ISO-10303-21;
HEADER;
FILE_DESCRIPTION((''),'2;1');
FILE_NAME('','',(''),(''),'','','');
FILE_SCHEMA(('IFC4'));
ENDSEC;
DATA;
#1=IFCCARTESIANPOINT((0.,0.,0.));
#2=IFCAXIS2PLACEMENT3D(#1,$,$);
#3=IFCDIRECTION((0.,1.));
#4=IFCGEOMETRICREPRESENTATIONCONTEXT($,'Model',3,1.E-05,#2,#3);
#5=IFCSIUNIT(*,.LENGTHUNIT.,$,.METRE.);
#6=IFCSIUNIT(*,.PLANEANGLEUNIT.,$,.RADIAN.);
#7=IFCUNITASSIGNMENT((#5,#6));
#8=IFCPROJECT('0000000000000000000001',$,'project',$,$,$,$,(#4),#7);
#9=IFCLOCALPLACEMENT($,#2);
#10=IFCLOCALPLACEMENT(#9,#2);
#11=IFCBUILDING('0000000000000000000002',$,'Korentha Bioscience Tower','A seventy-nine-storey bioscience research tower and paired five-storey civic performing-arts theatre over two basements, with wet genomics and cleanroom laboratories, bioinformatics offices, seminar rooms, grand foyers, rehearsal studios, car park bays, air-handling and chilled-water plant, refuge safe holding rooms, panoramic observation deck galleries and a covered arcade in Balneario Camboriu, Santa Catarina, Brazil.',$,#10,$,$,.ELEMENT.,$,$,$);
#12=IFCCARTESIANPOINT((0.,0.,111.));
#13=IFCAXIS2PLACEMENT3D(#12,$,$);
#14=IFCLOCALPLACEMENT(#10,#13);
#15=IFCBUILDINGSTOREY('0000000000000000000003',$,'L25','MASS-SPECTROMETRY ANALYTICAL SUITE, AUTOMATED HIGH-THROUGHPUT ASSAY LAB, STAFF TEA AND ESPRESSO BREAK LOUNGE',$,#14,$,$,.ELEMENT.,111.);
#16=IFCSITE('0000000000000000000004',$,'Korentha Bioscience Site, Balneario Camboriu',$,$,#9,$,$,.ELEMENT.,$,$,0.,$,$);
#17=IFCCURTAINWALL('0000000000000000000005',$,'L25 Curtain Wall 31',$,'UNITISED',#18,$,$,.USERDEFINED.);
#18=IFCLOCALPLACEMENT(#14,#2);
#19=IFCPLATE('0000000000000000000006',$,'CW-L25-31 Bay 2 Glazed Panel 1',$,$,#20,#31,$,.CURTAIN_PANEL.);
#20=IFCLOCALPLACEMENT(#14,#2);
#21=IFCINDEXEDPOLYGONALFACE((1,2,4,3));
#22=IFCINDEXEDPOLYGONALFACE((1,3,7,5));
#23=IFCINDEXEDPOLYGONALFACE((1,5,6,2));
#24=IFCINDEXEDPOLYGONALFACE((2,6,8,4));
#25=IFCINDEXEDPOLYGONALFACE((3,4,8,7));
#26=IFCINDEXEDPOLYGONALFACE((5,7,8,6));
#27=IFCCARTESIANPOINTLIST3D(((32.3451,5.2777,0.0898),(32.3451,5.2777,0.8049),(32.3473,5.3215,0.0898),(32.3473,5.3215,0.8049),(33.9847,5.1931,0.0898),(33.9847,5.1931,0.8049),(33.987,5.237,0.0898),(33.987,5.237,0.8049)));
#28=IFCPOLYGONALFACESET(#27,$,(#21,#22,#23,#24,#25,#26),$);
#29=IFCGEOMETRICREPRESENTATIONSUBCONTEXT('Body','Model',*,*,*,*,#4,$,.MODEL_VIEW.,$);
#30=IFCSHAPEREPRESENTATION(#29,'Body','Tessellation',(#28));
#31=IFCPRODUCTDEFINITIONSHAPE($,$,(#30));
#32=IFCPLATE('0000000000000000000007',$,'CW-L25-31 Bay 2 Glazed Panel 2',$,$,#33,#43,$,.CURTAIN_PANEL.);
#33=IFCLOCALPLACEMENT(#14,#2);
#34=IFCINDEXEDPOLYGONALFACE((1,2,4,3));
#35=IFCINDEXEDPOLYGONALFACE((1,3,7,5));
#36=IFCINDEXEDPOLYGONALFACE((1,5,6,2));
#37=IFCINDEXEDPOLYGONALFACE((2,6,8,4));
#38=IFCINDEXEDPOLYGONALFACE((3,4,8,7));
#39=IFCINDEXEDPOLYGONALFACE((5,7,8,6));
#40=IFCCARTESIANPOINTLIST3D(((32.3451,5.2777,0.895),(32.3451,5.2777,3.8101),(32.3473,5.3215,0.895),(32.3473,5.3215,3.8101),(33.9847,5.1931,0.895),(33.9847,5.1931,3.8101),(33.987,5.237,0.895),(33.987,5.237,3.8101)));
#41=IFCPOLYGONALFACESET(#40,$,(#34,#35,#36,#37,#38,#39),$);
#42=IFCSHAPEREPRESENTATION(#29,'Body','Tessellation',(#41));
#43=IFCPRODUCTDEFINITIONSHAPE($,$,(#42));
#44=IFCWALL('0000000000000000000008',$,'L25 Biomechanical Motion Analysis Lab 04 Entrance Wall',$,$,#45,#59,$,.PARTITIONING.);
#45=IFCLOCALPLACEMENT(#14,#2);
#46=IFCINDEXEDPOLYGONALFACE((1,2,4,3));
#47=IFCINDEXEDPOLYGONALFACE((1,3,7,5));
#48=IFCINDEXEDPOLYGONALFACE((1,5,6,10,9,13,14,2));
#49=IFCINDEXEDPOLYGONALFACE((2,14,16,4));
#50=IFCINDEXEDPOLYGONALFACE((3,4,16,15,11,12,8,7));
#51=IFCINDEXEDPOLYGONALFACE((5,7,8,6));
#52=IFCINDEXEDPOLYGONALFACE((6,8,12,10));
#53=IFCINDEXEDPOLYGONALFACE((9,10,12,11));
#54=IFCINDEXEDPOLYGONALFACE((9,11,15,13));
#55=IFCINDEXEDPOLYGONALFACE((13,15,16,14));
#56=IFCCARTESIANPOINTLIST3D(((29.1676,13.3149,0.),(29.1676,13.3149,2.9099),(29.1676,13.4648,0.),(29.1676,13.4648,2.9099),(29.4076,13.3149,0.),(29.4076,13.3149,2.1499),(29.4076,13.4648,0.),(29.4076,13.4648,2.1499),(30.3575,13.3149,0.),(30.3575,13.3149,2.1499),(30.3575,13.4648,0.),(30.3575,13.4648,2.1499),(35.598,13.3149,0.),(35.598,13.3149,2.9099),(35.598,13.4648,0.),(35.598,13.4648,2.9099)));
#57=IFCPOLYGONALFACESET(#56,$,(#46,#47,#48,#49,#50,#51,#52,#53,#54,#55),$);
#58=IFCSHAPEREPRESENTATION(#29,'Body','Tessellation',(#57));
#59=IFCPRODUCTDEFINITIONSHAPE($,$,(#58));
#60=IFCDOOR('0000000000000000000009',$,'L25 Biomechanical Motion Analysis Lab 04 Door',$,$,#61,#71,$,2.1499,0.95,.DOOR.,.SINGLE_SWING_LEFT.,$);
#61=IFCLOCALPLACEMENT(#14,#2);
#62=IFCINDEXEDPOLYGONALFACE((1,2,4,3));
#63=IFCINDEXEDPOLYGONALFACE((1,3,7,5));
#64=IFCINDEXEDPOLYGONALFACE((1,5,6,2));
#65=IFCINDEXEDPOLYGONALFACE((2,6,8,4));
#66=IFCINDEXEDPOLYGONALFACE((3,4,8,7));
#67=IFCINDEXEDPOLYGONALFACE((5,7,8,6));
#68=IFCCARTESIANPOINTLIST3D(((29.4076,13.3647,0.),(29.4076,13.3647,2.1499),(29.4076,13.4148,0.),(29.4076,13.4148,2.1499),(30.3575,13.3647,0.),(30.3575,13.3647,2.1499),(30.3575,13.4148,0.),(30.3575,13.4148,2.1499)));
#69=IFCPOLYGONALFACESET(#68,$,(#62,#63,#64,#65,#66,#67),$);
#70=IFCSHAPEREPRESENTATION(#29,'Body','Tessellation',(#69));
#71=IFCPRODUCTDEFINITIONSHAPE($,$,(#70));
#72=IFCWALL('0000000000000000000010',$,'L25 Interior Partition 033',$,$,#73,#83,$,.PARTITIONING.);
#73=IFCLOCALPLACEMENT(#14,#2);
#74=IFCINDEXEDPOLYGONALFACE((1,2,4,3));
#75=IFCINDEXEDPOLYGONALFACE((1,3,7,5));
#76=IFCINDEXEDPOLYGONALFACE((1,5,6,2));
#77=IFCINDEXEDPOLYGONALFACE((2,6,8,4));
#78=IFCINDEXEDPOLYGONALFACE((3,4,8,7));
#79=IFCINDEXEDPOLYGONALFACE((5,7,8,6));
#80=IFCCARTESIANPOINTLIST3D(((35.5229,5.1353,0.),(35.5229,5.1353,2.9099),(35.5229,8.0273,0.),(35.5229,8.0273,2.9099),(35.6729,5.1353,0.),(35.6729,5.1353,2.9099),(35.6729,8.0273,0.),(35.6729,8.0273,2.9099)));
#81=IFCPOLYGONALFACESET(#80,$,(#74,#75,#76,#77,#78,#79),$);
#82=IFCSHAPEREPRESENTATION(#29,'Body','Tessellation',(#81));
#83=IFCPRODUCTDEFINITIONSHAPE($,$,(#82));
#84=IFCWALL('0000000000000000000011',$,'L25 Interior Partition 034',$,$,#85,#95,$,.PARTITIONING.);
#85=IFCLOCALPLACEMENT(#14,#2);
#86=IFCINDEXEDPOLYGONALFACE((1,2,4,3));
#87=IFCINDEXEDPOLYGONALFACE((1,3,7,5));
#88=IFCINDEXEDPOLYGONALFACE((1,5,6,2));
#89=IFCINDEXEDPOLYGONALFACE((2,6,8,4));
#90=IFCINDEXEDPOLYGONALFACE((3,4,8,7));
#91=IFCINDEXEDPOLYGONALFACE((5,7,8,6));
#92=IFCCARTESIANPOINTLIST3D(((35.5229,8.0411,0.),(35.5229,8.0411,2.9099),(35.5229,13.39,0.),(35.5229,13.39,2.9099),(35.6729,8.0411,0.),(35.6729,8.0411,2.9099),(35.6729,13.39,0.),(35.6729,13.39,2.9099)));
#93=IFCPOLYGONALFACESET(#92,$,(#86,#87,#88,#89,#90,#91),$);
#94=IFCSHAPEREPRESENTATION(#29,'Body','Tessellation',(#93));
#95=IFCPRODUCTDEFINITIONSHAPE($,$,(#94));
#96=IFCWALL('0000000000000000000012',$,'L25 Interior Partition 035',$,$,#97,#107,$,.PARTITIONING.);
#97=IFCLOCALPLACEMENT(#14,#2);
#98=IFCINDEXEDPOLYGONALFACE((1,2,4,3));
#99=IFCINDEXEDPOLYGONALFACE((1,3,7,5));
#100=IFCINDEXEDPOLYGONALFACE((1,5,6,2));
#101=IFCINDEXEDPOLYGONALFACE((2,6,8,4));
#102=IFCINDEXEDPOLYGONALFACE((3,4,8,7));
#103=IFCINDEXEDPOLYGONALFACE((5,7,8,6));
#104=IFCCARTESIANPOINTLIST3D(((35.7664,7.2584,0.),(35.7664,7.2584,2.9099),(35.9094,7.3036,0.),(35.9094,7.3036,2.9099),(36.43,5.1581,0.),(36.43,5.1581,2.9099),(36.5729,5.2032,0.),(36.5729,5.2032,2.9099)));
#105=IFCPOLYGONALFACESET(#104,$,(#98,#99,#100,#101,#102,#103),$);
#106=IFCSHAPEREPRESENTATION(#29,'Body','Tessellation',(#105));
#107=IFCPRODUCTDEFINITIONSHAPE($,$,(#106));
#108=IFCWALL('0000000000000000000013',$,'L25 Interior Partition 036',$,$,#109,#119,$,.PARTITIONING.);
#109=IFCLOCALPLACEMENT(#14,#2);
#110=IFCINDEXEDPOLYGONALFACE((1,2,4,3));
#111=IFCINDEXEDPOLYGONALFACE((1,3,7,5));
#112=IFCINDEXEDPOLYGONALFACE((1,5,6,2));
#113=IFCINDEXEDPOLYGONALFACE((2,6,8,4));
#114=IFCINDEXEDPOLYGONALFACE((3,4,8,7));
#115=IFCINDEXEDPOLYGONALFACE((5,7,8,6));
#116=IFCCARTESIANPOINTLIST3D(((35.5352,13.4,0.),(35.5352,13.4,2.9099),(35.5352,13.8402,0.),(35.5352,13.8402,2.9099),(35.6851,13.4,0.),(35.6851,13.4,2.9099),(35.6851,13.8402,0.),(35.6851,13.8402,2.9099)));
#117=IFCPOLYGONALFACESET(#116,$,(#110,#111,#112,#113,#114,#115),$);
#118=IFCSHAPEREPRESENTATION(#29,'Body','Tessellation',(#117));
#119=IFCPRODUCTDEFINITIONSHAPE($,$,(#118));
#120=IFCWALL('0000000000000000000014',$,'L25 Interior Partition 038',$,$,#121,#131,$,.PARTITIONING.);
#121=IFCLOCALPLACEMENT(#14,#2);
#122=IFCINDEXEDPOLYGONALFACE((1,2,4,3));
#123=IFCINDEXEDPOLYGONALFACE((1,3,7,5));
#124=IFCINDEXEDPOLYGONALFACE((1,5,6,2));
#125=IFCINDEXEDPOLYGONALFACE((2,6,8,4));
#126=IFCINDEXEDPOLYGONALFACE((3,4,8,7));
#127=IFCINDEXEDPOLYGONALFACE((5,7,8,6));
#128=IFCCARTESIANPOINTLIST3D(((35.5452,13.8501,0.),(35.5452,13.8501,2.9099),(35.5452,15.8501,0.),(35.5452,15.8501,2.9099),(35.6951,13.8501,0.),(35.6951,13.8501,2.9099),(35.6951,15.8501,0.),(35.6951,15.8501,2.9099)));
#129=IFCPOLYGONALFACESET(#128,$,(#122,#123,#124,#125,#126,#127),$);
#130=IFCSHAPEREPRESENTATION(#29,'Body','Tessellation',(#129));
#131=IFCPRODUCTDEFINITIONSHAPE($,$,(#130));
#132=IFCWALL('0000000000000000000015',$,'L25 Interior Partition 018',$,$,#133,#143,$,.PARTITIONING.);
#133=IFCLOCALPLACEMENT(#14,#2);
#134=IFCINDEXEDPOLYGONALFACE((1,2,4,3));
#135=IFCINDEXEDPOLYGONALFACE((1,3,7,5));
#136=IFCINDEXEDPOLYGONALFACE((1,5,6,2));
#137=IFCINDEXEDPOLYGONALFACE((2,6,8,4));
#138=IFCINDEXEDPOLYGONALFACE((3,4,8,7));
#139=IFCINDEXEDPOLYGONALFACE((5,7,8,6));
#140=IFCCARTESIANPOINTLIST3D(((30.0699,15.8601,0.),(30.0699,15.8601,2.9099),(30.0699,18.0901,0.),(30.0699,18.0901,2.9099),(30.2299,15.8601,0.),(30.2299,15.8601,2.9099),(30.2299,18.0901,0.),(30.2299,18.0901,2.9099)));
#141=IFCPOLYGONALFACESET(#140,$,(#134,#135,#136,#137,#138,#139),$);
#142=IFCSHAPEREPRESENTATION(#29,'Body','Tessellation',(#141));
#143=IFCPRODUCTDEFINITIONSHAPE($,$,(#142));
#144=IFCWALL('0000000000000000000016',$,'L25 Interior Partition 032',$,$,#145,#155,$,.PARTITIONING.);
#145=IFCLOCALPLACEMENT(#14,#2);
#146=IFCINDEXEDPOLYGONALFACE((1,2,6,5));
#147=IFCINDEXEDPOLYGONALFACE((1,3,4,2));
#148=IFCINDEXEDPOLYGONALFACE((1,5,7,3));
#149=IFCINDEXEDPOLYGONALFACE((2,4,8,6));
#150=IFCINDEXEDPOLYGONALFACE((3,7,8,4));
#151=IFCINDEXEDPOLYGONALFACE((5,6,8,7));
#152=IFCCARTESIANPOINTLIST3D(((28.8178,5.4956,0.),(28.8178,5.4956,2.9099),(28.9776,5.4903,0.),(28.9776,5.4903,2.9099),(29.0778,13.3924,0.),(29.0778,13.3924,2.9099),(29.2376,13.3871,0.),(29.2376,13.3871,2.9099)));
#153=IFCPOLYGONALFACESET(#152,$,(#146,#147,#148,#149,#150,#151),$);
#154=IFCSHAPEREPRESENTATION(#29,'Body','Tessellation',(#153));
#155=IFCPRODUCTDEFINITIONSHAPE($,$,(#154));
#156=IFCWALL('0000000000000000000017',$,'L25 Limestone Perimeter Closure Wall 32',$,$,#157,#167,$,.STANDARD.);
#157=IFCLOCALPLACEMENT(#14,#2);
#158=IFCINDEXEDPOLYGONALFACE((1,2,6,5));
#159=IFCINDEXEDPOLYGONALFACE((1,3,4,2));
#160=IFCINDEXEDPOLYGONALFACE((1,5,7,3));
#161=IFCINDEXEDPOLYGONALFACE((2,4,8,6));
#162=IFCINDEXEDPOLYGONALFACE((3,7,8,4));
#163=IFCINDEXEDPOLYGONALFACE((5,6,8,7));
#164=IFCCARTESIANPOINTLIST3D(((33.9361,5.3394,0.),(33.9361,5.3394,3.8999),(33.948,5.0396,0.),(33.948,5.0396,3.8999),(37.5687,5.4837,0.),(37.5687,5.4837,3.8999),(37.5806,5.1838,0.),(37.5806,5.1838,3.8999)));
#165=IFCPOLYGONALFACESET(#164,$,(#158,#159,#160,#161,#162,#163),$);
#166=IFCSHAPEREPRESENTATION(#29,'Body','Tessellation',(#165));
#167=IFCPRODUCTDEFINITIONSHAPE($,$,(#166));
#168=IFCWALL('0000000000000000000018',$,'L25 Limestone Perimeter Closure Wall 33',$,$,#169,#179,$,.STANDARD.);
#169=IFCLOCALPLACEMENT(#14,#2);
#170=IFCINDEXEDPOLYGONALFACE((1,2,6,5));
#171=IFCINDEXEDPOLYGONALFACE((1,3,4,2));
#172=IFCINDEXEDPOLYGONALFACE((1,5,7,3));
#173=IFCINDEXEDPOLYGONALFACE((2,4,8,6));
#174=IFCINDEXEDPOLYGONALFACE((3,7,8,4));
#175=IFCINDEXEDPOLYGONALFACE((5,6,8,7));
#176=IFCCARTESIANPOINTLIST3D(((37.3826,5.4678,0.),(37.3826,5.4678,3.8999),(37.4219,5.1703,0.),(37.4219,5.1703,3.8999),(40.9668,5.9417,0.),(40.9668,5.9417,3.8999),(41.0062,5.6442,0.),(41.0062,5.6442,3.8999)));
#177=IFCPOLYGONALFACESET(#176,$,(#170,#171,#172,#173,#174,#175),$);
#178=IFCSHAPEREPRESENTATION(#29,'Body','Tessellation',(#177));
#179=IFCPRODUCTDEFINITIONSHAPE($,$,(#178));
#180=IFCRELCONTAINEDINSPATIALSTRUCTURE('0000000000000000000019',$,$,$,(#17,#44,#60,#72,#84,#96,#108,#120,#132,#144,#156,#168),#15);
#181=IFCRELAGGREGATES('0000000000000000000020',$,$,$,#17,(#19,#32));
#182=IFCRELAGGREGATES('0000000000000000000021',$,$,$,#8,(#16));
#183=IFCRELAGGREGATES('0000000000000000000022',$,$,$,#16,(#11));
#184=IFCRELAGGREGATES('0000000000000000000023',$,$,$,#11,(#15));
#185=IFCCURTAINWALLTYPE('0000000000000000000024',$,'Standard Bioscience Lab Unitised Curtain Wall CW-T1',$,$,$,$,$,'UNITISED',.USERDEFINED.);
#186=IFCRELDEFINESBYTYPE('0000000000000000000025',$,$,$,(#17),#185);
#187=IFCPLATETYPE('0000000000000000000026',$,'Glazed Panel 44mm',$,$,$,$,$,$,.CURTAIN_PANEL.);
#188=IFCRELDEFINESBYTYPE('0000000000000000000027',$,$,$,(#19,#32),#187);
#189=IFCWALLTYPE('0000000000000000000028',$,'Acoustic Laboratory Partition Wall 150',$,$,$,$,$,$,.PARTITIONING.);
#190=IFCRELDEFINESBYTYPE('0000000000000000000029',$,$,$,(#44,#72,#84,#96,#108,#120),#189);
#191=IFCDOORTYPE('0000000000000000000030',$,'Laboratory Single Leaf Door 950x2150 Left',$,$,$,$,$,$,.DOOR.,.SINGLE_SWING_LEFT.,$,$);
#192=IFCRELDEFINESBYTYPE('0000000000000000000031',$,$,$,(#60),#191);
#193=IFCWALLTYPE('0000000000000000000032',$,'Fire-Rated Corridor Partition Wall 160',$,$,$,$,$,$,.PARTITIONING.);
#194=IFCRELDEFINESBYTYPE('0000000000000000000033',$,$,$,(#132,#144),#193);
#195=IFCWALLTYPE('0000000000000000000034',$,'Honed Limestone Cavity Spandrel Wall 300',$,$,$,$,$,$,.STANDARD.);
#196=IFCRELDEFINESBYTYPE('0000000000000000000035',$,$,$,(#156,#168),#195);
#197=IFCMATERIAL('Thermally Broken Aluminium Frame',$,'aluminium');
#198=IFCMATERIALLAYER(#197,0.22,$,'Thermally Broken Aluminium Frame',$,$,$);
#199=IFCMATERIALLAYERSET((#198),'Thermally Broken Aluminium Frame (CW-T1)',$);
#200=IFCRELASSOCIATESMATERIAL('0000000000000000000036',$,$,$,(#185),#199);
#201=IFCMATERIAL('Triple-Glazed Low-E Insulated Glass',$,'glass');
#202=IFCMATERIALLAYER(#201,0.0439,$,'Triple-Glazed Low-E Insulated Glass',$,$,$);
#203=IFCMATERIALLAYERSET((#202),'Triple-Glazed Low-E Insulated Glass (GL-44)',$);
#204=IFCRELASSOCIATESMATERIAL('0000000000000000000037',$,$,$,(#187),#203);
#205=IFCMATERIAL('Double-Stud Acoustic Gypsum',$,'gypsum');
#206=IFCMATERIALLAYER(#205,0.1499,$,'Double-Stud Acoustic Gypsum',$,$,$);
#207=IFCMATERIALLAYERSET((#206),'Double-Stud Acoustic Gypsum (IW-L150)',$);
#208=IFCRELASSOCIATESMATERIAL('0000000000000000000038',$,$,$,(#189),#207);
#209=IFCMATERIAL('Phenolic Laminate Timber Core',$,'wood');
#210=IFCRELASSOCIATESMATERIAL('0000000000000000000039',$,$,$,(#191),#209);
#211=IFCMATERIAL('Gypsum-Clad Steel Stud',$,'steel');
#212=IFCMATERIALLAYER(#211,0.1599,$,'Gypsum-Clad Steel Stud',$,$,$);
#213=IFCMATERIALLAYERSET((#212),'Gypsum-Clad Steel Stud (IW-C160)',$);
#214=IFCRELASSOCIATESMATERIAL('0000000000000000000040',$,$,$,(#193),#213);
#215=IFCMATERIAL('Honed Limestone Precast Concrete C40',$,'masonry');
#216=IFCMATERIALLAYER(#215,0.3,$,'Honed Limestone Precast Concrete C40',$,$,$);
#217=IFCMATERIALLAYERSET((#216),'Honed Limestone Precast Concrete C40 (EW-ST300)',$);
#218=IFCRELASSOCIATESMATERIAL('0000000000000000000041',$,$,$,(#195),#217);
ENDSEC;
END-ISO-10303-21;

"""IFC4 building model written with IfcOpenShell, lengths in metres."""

from ifc_helpers import new_model, si_unit, direction, frame, frame_2d, origin, origin_2d, place, context, subcontext, project, spatial, rectangle, extrude, material, layer, layer_set, type_object, element, fill, aggregate, save


model = new_model("IFC4")

# Units and contexts
model_context = context("Model", 3, precision=1e-05, world=origin(), true_north=direction((0.0, 1.0)))
body_context = subcontext(model_context, "Body", "Model", "MODEL_VIEW")
ifc_project = project(units=[si_unit("LENGTHUNIT", "METRE"), si_unit("PLANEANGLEUNIT", "RADIAN")], contexts=[model_context])

# Site, building, storey
site_placement = place(None, origin())
site = spatial("IfcSite", under=ifc_project, at=site_placement, Name="Korentha Bioscience Site, Balneario Camboriu", CompositionType="ELEMENT", RefElevation=0.0)
building_placement = place(site_placement, origin())
building = spatial("IfcBuilding", under=site, at=building_placement, Name="Korentha Bioscience Tower", Description="A seventy-nine-storey bioscience research tower and paired five-storey civic performing-arts theatre over two basements, with wet genomics and cleanroom laboratories, bioinformatics offices, seminar rooms, grand foyers, rehearsal studios, car park bays, air-handling and chilled-water plant, refuge safe holding rooms, panoramic observation deck galleries and a covered arcade in Balneario Camboriu, Santa Catarina, Brazil.", CompositionType="ELEMENT")
storey_placement = place(building_placement, frame((0.0, 0.0, 111.0)))
storey = spatial("IfcBuildingStorey", under=building, at=storey_placement, Name="L25", Description="MASS-SPECTROMETRY ANALYTICAL SUITE, AUTOMATED HIGH-THROUGHPUT ASSAY LAB, STAFF TEA AND ESPRESSO BREAK LOUNGE", CompositionType="ELEMENT", Elevation=111.0)

# Curtain wall
ifc_material_1 = material(Name="Thermally Broken Aluminium Frame", Category="aluminium")
ifc_layer_1 = layer(ifc_material_1, 0.22, Name="Thermally Broken Aluminium Frame")
ifc_layer_set_1 = layer_set([ifc_layer_1], Name="Thermally Broken Aluminium Frame (CW-T1)")
curtain_wall_type = type_object("IfcCurtainWallType", Name="Standard Bioscience Lab Unitised Curtain Wall CW-T1", ElementType="UNITISED", PredefinedType="USERDEFINED", material=ifc_layer_set_1)
curtain_wall_placement = place(storey_placement, origin())
curtain_wall = element("IfcCurtainWall", 1, at=curtain_wall_placement, inside=storey, type_object=curtain_wall_type, Name="L25 Curtain Wall 31", ObjectType="UNITISED", PredefinedType="USERDEFINED")

# Plates
ifc_material_2 = material(Name="Triple-Glazed Low-E Insulated Glass", Category="glass")
ifc_layer_2 = layer(ifc_material_2, 0.0439, Name="Triple-Glazed Low-E Insulated Glass")
ifc_layer_set_2 = layer_set([ifc_layer_2], Name="Triple-Glazed Low-E Insulated Glass (GL-44)")
plate_type = type_object("IfcPlateType", Name="Glazed Panel 44mm", PredefinedType="CURTAIN_PANEL", material=ifc_layer_set_2)
plate_1_placement = place(storey_placement, frame((33.166, 5.2573, 0.0898), z_axis=(0.0, 0.0, 1.0), x_axis=(0.998673, -0.051495, 0.0)))
plate_1 = element("IfcPlate", 2, at=plate_1_placement, type_object=plate_type, Name="CW-L25-31 Bay 2 Glazed Panel 1", PredefinedType="CURTAIN_PANEL", context=body_context, shape_type="SweptSolid", body=[
    extrude(rectangle(XDim=1.6418, YDim=0.0439, at=origin_2d()), origin(), (0.0, 0.0, 1.0), 0.7151),
])
plate_2_placement = place(storey_placement, frame((33.166, 5.2573, 0.895), z_axis=(0.0, 0.0, 1.0), x_axis=(0.998673, -0.051495, 0.0)))
plate_2 = element("IfcPlate", 3, at=plate_2_placement, type_object=plate_type, Name="CW-L25-31 Bay 2 Glazed Panel 2", PredefinedType="CURTAIN_PANEL", context=body_context, shape_type="SweptSolid", body=[
    extrude(rectangle(XDim=1.6418, YDim=0.0439, at=origin_2d()), origin(), (0.0, 0.0, 1.0), 2.915),
])
aggregate(curtain_wall, [plate_1, plate_2])

# Wall, opening, door
ifc_material_3 = material(Name="Double-Stud Acoustic Gypsum", Category="gypsum")
ifc_layer_3 = layer(ifc_material_3, 0.1499, Name="Double-Stud Acoustic Gypsum")
ifc_layer_set_3 = layer_set([ifc_layer_3], Name="Double-Stud Acoustic Gypsum (IW-L150)")
wall_type_1 = type_object("IfcWallType", Name="Acoustic Laboratory Partition Wall 150", PredefinedType="PARTITIONING", material=ifc_layer_set_3)
wall_1_placement = place(storey_placement, frame((29.1675, 13.3899, 0.0), z_axis=(0.0, 0.0, 1.0), x_axis=(1.0, 0.0, 0.0)))
wall_1 = element("IfcWall", 4, at=wall_1_placement, inside=storey, type_object=wall_type_1, Name="L25 Biomechanical Motion Analysis Lab 04 Entrance Wall", PredefinedType="PARTITIONING", context=body_context, shape_type="SweptSolid", body=[
    extrude(rectangle(XDim=6.4304, YDim=0.1499, at=frame_2d((3.2153, 0.0))), origin(), (0.0, 0.0, 1.0), 2.9099),
])
opening_1_placement = place(wall_1_placement, frame((0.24, 0.0, 0.0)))
opening_1 = element("IfcOpeningElement", 5, at=opening_1_placement, cuts=wall_1, PredefinedType="OPENING", context=body_context, shape_type="SweptSolid", body=[
    extrude(rectangle(XDim=0.95, YDim=2.1499, at=frame_2d((0.4751, 1.075))), frame((0.0, 0.0898, 0.0), z_axis=(0.0, -1.0, 0.0), x_axis=(1.0, 0.0, 0.0)), (0.0, 0.0, 1.0), 0.1797),
])
ifc_material_4 = material(Name="Phenolic Laminate Timber Core", Category="wood")
door_type_1 = type_object("IfcDoorType", Name="Laboratory Single Leaf Door 950x2150 Left", OperationType="SINGLE_SWING_LEFT", PredefinedType="DOOR", material=ifc_material_4)
door_1_placement = place(opening_1_placement, origin())
door_1 = element("IfcDoor", 6, at=door_1_placement, inside=storey, type_object=door_type_1, Name="L25 Biomechanical Motion Analysis Lab 04 Door", OperationType="SINGLE_SWING_LEFT", OverallHeight=2.1499, OverallWidth=0.95, PredefinedType="DOOR", context=body_context, shape_type="SweptSolid", body=[
    extrude(rectangle(XDim=0.95, YDim=2.1499, at=frame_2d((0.4751, 1.075))), frame((0.0, 0.0249, 0.0), z_axis=(0.0, -1.0, 0.0), x_axis=(1.0, 0.0, 0.0)), (0.0, 0.0, 1.0), 0.05),
])
fill(opening_1, door_1)

# Walls
wall_2_placement = place(storey_placement, frame((35.5979, 8.0273, 0.0), z_axis=(0.0, 0.0, 1.0), x_axis=(0.0, -1.0, 0.0)))
element("IfcWall", 7, at=wall_2_placement, inside=storey, type_object=wall_type_1, Name="L25 Interior Partition 033", PredefinedType="PARTITIONING", context=body_context, shape_type="SweptSolid", body=[
    extrude(rectangle(XDim=2.8921, YDim=0.1499, at=frame_2d((1.446, 0.0))), origin(), (0.0, 0.0, 1.0), 2.9099),
])
wall_3_placement = place(storey_placement, frame((35.5979, 13.3899, 0.0), z_axis=(0.0, 0.0, 1.0), x_axis=(0.0, -1.0, 0.0)))
element("IfcWall", 8, at=wall_3_placement, inside=storey, type_object=wall_type_1, Name="L25 Interior Partition 034", PredefinedType="PARTITIONING", context=body_context, shape_type="SweptSolid", body=[
    extrude(rectangle(XDim=5.3489, YDim=0.1499, at=frame_2d((2.6743, 0.0))), origin(), (0.0, 0.0, 1.0), 2.9099),
])
wall_4_placement = place(storey_placement, frame((36.5015, 5.1807, 0.0), z_axis=(0.0, 0.0, 1.0), x_axis=(-0.301259, 0.953542, 0.0)))
element("IfcWall", 9, at=wall_4_placement, inside=storey, type_object=wall_type_1, Name="L25 Interior Partition 035", PredefinedType="PARTITIONING", context=body_context, shape_type="SweptSolid", body=[
    extrude(rectangle(XDim=2.2026, YDim=0.1499, at=frame_2d((1.1013, 0.0))), origin(), (0.0, 0.0, 1.0), 2.9099),
])
wall_5_placement = place(storey_placement, frame((35.6101, 13.3999, 0.0), z_axis=(0.0, 0.0, 1.0), x_axis=(0.0, 1.0, 0.0)))
element("IfcWall", 10, at=wall_5_placement, inside=storey, type_object=wall_type_1, Name="L25 Interior Partition 036", PredefinedType="PARTITIONING", context=body_context, shape_type="SweptSolid", body=[
    extrude(rectangle(XDim=0.4402, YDim=0.1499, at=frame_2d((0.2202, 0.0))), origin(), (0.0, 0.0, 1.0), 2.9099),
])
wall_6_placement = place(storey_placement, frame((35.6201, 13.8501, 0.0), z_axis=(0.0, 0.0, 1.0), x_axis=(0.0, 1.0, 0.0)))
element("IfcWall", 11, at=wall_6_placement, inside=storey, type_object=wall_type_1, Name="L25 Interior Partition 038", PredefinedType="PARTITIONING", context=body_context, shape_type="SweptSolid", body=[
    extrude(rectangle(XDim=2.0, YDim=0.1499, at=frame_2d((1.0, 0.0))), origin(), (0.0, 0.0, 1.0), 2.9099),
])

# Shared definitions
ifc_material_5 = material(Name="Gypsum-Clad Steel Stud", Category="steel")
ifc_layer_4 = layer(ifc_material_5, 0.1599, Name="Gypsum-Clad Steel Stud")
ifc_layer_set_4 = layer_set([ifc_layer_4], Name="Gypsum-Clad Steel Stud (IW-C160)")
wall_type_2 = type_object("IfcWallType", Name="Fire-Rated Corridor Partition Wall 160", PredefinedType="PARTITIONING", material=ifc_layer_set_4)

# Walls
wall_7_placement = place(storey_placement, frame((30.1499, 15.8601, 0.0), z_axis=(0.0, 0.0, 1.0), x_axis=(0.0, 1.0, 0.0)))
element("IfcWall", 12, at=wall_7_placement, inside=storey, type_object=wall_type_2, Name="L25 Interior Partition 018", PredefinedType="PARTITIONING", context=body_context, shape_type="SweptSolid", body=[
    extrude(rectangle(XDim=2.23, YDim=0.1599, at=frame_2d((1.115, 0.0))), origin(), (0.0, 0.0, 1.0), 2.9099),
])
wall_8_placement = place(storey_placement, frame((29.1577, 13.3899, 0.0), z_axis=(0.0, 0.0, 1.0), x_axis=(-0.032908, -0.999458, 0.0)))
element("IfcWall", 13, at=wall_8_placement, inside=storey, type_object=wall_type_2, Name="L25 Interior Partition 032", PredefinedType="PARTITIONING", context=body_context, shape_type="SweptSolid", body=[
    extrude(rectangle(XDim=7.9011, YDim=0.1599, at=frame_2d((3.9507, 0.0))), origin(), (0.0, 0.0, 1.0), 2.9099),
])
ifc_material_6 = material(Name="Honed Limestone Precast Concrete C40", Category="masonry")
ifc_layer_5 = layer(ifc_material_6, 0.3, Name="Honed Limestone Precast Concrete C40")
ifc_layer_set_5 = layer_set([ifc_layer_5], Name="Honed Limestone Precast Concrete C40 (EW-ST300)")
wall_type_3 = type_object("IfcWallType", Name="Honed Limestone Cavity Spandrel Wall 300", PredefinedType="STANDARD", material=ifc_layer_set_5)
wall_9_placement = place(storey_placement, frame((33.9419, 5.1895, 0.0), z_axis=(0.0, 0.0, 1.0), x_axis=(0.999212, 0.039689, 0.0)))
element("IfcWall", 14, at=wall_9_placement, inside=storey, type_object=wall_type_3, Name="L25 Limestone Perimeter Closure Wall 32", PredefinedType="STANDARD", context=body_context, shape_type="SweptSolid", body=[
    extrude(rectangle(XDim=3.6355, YDim=0.3, at=frame_2d((1.8179, 0.0))), origin(), (0.0, 0.0, 1.0), 3.8999),
])
wall_10_placement = place(storey_placement, frame((37.4023, 5.3191, 0.0), z_axis=(0.0, 0.0, 1.0), x_axis=(0.991373, 0.131071, 0.0)))
element("IfcWall", 15, at=wall_10_placement, inside=storey, type_object=wall_type_3, Name="L25 Limestone Perimeter Closure Wall 33", PredefinedType="STANDARD", context=body_context, shape_type="SweptSolid", body=[
    extrude(rectangle(XDim=3.6155, YDim=0.3, at=frame_2d((1.8076, 0.0))), origin(), (0.0, 0.0, 1.0), 3.8999),
])

save(model, "model.ifc")
